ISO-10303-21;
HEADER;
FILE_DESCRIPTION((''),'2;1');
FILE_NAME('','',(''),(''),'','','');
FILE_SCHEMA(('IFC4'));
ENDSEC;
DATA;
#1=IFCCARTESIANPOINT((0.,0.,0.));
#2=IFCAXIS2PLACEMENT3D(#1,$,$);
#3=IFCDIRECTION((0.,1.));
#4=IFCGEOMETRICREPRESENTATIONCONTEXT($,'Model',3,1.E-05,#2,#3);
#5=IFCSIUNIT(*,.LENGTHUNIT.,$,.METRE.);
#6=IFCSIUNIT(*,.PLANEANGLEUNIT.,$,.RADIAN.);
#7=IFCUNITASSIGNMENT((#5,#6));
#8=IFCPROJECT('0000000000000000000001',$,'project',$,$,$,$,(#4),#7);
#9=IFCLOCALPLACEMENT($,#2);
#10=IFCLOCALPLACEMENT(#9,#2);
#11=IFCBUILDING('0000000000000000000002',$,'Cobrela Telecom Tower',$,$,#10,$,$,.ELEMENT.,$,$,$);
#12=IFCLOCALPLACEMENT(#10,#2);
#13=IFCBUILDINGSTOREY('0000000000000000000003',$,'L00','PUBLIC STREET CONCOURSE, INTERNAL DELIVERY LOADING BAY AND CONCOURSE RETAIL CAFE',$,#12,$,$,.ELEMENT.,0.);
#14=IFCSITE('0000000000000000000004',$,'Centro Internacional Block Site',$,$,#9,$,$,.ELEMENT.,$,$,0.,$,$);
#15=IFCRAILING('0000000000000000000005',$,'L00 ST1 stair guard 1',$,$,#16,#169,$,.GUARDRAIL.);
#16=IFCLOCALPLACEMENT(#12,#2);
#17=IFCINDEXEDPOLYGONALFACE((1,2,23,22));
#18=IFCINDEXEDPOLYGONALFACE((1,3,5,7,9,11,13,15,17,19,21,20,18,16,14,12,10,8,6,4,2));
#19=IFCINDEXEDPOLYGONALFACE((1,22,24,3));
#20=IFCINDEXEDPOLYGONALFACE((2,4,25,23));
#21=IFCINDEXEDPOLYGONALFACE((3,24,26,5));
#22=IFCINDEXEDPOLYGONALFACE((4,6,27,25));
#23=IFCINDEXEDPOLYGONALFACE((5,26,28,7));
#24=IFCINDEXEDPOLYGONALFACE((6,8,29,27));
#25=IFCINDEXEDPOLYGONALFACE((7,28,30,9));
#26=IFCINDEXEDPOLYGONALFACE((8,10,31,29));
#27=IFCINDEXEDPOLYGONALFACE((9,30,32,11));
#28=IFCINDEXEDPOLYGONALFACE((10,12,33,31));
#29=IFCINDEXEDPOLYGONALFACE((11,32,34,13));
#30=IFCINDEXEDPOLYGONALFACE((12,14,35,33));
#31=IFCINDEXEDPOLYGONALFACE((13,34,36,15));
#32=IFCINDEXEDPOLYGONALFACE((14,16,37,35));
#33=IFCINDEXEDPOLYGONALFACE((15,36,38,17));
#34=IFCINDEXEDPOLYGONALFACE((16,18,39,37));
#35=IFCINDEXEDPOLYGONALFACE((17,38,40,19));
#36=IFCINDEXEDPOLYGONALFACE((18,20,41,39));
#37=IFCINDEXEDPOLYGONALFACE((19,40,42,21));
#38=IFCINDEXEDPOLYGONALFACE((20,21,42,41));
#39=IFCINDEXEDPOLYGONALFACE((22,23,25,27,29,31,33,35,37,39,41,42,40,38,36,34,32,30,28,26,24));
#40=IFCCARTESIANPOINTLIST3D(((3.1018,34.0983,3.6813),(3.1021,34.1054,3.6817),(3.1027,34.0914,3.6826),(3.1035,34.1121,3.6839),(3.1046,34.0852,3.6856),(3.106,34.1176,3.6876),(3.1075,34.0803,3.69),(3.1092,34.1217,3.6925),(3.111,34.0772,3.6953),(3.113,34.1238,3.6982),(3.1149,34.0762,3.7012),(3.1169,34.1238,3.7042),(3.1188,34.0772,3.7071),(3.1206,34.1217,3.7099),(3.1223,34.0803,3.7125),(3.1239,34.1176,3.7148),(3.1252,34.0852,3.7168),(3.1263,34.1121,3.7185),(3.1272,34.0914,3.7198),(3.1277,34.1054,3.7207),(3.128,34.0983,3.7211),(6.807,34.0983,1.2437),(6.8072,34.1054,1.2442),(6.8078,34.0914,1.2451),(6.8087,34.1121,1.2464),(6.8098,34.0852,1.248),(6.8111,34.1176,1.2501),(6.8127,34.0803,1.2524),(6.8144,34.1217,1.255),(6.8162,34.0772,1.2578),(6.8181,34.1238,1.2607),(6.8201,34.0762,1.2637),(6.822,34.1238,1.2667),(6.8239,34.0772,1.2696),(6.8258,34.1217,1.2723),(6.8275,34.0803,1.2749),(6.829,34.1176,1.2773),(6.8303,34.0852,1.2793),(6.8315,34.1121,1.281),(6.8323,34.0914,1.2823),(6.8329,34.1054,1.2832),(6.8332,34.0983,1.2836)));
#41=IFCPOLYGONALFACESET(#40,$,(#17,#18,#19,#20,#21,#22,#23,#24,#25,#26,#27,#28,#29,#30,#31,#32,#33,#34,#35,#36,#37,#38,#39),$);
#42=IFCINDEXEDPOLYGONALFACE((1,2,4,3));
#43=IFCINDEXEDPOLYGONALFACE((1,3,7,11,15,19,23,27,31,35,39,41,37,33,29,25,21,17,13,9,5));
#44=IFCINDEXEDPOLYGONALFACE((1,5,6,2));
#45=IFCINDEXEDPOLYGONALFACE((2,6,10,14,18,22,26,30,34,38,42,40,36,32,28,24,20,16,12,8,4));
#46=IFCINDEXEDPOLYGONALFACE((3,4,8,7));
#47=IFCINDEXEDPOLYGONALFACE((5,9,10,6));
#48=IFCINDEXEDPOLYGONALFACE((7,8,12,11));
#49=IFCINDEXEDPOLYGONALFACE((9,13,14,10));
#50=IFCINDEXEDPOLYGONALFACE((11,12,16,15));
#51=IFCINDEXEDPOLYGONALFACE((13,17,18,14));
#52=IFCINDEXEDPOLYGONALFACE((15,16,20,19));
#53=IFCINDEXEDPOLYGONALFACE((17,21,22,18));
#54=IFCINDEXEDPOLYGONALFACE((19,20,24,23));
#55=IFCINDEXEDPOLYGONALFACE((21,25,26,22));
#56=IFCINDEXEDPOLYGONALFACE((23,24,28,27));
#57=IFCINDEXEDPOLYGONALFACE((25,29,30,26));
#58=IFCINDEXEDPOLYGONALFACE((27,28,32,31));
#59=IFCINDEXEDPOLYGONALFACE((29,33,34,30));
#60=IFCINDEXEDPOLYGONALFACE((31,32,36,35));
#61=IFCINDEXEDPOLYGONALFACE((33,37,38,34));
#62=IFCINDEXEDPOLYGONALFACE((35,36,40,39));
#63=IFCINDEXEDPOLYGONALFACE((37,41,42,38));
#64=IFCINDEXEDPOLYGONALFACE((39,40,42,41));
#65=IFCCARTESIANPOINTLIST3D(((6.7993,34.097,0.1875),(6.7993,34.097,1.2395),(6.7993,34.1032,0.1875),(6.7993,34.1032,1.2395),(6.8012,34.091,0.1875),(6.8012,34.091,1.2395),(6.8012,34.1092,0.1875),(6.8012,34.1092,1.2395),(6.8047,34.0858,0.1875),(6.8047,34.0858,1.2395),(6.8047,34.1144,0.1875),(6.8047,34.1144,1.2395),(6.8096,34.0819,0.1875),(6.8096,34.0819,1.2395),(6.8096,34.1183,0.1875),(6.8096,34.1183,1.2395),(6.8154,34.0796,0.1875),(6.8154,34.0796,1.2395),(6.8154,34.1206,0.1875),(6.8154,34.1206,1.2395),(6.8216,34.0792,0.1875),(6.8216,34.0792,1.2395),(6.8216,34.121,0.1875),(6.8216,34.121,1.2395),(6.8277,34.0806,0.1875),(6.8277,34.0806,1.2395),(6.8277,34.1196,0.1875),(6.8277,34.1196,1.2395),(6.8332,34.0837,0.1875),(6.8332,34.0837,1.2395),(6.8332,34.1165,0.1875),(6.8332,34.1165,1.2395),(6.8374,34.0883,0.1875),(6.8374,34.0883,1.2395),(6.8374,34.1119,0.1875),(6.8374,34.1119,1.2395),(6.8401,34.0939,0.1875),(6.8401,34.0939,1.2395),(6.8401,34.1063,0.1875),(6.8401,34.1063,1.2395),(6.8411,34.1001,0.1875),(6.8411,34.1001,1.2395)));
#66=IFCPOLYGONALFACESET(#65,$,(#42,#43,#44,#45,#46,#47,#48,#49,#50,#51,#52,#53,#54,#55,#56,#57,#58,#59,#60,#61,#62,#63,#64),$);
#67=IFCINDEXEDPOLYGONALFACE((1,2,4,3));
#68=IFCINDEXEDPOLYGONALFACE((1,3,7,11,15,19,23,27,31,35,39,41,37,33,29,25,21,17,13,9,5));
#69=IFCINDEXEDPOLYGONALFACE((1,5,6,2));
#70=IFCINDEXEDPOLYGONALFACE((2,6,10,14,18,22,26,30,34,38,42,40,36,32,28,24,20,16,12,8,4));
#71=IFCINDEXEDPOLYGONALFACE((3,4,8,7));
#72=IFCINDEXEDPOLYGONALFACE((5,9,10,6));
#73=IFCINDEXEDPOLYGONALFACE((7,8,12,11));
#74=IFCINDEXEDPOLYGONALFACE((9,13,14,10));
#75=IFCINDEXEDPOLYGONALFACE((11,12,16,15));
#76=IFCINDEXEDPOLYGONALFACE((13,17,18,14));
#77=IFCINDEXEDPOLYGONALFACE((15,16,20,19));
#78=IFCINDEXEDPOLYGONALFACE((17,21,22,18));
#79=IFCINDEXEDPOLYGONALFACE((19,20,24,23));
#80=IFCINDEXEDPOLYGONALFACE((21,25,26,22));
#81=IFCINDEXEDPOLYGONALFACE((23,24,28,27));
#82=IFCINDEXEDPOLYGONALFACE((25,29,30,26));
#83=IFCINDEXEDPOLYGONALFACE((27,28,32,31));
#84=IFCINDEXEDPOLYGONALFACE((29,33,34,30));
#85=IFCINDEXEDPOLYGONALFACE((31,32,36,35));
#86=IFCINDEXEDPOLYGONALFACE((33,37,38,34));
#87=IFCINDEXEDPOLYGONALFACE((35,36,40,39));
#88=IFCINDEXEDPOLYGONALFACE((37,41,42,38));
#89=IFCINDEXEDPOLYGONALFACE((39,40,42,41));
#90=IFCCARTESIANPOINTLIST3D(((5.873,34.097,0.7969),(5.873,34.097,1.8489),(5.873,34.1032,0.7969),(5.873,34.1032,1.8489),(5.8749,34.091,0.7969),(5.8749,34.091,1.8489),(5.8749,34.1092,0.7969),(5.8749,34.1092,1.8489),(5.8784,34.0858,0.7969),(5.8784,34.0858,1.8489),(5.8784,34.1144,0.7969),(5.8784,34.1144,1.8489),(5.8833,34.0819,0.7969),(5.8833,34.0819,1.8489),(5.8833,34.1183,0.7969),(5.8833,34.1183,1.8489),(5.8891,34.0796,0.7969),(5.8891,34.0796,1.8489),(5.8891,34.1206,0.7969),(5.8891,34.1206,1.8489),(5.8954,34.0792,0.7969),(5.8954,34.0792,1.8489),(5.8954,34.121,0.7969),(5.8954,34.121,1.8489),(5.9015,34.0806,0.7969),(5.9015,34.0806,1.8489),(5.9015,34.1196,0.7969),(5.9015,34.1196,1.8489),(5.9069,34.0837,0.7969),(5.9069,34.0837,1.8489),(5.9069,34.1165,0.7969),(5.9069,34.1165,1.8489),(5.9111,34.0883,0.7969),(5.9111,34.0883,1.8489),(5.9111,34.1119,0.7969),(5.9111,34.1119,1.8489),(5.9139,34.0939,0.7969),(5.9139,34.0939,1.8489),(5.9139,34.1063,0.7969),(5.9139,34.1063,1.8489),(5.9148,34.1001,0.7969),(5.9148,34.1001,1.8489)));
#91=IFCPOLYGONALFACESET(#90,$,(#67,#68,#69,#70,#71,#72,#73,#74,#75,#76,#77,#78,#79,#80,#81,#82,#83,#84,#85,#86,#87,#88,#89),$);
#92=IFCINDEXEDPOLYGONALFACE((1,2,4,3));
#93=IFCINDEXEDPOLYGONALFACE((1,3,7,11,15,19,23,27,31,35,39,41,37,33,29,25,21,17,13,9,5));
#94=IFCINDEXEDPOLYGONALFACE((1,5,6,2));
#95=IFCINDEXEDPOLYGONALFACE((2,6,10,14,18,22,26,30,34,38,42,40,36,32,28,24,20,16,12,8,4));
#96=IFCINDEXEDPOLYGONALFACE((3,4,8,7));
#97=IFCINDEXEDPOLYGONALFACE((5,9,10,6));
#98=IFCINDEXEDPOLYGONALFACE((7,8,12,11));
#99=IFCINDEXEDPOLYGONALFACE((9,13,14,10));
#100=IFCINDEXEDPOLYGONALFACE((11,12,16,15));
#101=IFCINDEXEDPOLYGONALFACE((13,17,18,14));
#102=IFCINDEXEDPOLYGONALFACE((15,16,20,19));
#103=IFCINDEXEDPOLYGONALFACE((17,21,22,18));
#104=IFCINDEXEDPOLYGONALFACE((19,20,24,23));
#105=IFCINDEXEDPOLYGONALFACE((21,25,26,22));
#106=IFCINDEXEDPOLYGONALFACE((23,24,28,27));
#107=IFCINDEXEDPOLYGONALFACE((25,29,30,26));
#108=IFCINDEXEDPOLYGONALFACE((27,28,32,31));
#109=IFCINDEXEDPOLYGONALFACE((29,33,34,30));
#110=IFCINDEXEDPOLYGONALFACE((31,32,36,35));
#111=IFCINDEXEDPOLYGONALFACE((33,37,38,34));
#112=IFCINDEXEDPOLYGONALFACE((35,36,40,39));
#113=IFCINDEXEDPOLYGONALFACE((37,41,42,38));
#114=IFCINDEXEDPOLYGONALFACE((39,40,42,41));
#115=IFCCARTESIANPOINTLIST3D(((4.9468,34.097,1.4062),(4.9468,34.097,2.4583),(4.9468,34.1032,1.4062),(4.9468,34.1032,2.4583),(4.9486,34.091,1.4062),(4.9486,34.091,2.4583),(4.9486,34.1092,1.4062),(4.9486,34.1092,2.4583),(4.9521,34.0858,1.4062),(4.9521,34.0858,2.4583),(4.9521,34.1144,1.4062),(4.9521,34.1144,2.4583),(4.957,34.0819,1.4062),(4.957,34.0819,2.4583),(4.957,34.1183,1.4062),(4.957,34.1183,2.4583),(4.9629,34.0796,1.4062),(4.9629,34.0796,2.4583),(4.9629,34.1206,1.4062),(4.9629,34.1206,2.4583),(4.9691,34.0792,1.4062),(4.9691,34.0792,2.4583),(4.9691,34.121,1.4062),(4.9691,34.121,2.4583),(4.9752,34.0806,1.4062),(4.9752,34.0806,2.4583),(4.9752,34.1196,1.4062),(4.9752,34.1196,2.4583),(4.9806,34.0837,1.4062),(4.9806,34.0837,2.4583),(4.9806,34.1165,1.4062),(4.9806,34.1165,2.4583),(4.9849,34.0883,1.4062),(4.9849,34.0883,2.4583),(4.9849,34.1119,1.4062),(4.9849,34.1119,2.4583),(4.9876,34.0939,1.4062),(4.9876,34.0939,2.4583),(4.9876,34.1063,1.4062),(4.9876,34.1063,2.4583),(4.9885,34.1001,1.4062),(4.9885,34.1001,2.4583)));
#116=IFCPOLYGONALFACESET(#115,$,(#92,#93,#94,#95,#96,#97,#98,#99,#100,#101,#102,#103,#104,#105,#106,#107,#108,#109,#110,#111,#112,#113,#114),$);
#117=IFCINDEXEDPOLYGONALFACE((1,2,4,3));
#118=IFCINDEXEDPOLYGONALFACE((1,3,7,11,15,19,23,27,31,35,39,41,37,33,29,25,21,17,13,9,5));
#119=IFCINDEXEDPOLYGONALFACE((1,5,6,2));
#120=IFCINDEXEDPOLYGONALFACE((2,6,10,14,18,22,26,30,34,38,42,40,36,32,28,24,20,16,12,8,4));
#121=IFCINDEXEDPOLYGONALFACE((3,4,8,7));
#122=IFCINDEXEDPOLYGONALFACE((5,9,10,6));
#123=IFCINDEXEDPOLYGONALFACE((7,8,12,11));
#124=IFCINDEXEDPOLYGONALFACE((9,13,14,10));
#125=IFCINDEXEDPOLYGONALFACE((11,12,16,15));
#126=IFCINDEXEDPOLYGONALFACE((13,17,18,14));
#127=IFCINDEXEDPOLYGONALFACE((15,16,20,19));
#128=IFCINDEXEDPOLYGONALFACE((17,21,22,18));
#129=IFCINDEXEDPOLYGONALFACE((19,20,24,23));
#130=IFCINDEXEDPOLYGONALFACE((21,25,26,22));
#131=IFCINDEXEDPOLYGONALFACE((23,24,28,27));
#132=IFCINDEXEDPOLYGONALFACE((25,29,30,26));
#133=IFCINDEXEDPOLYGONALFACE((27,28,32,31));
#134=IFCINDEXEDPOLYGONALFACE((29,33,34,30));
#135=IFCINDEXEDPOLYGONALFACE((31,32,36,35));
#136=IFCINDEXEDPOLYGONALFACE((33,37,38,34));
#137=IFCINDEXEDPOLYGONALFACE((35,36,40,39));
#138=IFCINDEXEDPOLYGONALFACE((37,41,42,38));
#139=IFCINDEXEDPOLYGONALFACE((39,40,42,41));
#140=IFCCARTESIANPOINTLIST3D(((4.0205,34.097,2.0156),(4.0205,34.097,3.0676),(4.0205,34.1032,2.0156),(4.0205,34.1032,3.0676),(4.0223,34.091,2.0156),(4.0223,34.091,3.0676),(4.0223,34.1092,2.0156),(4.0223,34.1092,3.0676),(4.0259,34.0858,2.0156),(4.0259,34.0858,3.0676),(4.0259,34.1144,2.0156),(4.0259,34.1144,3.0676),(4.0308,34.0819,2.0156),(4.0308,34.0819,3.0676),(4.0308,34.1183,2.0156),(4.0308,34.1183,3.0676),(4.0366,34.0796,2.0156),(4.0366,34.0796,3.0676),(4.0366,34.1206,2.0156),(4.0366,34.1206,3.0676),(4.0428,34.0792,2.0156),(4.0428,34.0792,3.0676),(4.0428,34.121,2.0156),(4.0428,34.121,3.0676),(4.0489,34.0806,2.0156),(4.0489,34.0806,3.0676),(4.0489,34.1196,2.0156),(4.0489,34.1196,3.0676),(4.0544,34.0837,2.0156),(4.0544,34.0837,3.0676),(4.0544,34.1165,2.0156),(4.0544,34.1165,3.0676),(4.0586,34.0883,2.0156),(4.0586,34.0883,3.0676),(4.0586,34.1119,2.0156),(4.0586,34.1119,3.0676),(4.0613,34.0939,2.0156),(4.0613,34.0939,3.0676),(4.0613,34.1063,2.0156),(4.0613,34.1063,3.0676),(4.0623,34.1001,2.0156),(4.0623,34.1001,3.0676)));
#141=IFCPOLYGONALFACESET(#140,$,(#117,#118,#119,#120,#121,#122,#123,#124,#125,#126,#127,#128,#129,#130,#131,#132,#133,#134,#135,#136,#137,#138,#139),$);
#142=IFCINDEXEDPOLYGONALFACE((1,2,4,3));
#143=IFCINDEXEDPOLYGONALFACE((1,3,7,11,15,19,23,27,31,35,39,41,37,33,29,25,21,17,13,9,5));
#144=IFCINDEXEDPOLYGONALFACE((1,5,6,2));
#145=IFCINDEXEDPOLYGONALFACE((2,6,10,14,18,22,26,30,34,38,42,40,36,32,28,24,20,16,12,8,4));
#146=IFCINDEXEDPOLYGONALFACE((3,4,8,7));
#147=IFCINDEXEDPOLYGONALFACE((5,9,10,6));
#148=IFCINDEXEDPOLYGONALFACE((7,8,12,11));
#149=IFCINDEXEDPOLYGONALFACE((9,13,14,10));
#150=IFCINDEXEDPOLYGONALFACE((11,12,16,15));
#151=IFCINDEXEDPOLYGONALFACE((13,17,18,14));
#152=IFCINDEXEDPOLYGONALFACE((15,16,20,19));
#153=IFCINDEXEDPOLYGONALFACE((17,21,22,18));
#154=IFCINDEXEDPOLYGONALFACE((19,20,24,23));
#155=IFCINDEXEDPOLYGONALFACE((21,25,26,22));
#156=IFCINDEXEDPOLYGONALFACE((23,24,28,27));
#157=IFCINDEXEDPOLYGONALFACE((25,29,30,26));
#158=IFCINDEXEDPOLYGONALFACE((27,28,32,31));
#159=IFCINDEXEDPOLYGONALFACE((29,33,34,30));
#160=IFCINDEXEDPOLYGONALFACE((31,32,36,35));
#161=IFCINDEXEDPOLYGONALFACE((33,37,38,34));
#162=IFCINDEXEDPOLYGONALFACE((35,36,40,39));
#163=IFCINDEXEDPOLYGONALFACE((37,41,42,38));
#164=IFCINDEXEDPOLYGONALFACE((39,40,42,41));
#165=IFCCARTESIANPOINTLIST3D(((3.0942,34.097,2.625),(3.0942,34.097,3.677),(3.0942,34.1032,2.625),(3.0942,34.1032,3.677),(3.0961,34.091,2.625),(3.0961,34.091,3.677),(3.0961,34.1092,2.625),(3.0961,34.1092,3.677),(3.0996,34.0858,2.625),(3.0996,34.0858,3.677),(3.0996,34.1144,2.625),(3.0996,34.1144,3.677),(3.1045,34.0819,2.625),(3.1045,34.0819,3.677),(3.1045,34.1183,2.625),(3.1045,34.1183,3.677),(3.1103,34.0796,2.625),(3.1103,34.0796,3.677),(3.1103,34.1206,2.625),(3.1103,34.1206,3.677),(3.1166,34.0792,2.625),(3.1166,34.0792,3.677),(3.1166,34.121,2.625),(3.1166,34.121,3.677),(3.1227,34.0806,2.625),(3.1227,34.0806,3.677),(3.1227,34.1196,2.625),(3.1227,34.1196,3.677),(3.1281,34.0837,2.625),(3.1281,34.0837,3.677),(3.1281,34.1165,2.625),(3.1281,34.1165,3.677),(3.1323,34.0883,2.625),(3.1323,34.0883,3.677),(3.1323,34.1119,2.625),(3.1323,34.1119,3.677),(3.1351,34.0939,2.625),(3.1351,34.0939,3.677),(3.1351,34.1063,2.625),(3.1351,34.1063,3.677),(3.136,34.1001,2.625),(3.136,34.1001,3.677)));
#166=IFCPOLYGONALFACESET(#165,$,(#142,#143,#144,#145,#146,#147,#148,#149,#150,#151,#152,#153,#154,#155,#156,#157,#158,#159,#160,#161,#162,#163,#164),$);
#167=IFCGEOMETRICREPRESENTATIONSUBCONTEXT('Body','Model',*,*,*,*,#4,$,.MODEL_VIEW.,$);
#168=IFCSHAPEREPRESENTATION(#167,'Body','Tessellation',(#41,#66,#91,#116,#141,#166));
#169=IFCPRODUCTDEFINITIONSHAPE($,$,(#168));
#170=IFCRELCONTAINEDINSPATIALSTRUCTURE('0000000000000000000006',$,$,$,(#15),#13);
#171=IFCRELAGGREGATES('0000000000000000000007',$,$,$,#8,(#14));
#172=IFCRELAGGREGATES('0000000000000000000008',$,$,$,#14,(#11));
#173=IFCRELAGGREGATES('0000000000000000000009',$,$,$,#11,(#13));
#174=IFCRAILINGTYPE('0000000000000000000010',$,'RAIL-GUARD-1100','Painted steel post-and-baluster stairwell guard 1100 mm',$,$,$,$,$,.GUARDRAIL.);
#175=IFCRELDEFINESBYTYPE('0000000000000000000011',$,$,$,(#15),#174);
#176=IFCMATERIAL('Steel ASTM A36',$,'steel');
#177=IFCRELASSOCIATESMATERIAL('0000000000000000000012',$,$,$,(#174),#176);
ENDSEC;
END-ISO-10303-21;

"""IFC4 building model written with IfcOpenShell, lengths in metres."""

from ifc_helpers import new_model, si_unit, direction, frame, origin, origin_2d, place, context, subcontext, project, spatial, circle, extrude, material, type_object, element, save


model = new_model("IFC4")

# Units and contexts
model_context = context("Model", 3, precision=1e-05, world=origin(), true_north=direction((0.0, 1.0)))
body_context = subcontext(model_context, "Body", "Model", "MODEL_VIEW")
ifc_project = project(units=[si_unit("LENGTHUNIT", "METRE"), si_unit("PLANEANGLEUNIT", "RADIAN")], contexts=[model_context])

# Site, building, storey
site_placement = place(None, origin())
site = spatial("IfcSite", under=ifc_project, at=site_placement, Name="Centro Internacional Block Site", CompositionType="ELEMENT", RefElevation=0.0)
building_placement = place(site_placement, origin())
building = spatial("IfcBuilding", under=site, at=building_placement, Name="Cobrela Telecom Tower", CompositionType="ELEMENT")
storey_placement = place(building_placement, origin())
storey = spatial("IfcBuildingStorey", under=building, at=storey_placement, Name="L00", Description="PUBLIC STREET CONCOURSE, INTERNAL DELIVERY LOADING BAY AND CONCOURSE RETAIL CAFE", CompositionType="ELEMENT", Elevation=0.0)

# Shared definitions
ifc_material_1 = material(Name="Steel ASTM A36", Category="steel")

# Railing
railing_type_1 = type_object("IfcRailingType", Name="RAIL-GUARD-1100", Description="Painted steel post-and-baluster stairwell guard 1100 mm", PredefinedType="GUARDRAIL", material=ifc_material_1)
railing_1_placement = place(storey_placement, frame((6.8201, 34.1001, 0.1875)))
element("IfcRailing", 1, at=railing_1_placement, inside=storey, type_object=railing_type_1, Name="L00 ST1 stair guard 1", PredefinedType="GUARDRAIL", context=body_context, shape_type="SweptSolid", body=[
    extrude(circle(Radius=0.0239, at=origin_2d()), frame((0.0, 0.0, 1.0762), z_axis=(-0.835422, 0.0, 0.549608), x_axis=(0.0, -1.0, 0.0)), (0.0, 0.0, 1.0), 4.4351),
    extrude(circle(Radius=0.021, at=origin_2d()), origin(), (0.0, 0.0, 1.0), 1.052),
    extrude(circle(Radius=0.021, at=origin_2d()), frame((-0.9263, 0.0, 0.6094)), (0.0, 0.0, 1.0), 1.052),
    extrude(circle(Radius=0.021, at=origin_2d()), frame((-1.8525, 0.0, 1.2188)), (0.0, 0.0, 1.0), 1.052),
    extrude(circle(Radius=0.021, at=origin_2d()), frame((-2.7788, 0.0, 1.8281)), (0.0, 0.0, 1.0), 1.052),
    extrude(circle(Radius=0.021, at=origin_2d()), frame((-3.7051, 0.0, 2.4375)), (0.0, 0.0, 1.0), 1.052),
])

save(model, "model.ifc")
